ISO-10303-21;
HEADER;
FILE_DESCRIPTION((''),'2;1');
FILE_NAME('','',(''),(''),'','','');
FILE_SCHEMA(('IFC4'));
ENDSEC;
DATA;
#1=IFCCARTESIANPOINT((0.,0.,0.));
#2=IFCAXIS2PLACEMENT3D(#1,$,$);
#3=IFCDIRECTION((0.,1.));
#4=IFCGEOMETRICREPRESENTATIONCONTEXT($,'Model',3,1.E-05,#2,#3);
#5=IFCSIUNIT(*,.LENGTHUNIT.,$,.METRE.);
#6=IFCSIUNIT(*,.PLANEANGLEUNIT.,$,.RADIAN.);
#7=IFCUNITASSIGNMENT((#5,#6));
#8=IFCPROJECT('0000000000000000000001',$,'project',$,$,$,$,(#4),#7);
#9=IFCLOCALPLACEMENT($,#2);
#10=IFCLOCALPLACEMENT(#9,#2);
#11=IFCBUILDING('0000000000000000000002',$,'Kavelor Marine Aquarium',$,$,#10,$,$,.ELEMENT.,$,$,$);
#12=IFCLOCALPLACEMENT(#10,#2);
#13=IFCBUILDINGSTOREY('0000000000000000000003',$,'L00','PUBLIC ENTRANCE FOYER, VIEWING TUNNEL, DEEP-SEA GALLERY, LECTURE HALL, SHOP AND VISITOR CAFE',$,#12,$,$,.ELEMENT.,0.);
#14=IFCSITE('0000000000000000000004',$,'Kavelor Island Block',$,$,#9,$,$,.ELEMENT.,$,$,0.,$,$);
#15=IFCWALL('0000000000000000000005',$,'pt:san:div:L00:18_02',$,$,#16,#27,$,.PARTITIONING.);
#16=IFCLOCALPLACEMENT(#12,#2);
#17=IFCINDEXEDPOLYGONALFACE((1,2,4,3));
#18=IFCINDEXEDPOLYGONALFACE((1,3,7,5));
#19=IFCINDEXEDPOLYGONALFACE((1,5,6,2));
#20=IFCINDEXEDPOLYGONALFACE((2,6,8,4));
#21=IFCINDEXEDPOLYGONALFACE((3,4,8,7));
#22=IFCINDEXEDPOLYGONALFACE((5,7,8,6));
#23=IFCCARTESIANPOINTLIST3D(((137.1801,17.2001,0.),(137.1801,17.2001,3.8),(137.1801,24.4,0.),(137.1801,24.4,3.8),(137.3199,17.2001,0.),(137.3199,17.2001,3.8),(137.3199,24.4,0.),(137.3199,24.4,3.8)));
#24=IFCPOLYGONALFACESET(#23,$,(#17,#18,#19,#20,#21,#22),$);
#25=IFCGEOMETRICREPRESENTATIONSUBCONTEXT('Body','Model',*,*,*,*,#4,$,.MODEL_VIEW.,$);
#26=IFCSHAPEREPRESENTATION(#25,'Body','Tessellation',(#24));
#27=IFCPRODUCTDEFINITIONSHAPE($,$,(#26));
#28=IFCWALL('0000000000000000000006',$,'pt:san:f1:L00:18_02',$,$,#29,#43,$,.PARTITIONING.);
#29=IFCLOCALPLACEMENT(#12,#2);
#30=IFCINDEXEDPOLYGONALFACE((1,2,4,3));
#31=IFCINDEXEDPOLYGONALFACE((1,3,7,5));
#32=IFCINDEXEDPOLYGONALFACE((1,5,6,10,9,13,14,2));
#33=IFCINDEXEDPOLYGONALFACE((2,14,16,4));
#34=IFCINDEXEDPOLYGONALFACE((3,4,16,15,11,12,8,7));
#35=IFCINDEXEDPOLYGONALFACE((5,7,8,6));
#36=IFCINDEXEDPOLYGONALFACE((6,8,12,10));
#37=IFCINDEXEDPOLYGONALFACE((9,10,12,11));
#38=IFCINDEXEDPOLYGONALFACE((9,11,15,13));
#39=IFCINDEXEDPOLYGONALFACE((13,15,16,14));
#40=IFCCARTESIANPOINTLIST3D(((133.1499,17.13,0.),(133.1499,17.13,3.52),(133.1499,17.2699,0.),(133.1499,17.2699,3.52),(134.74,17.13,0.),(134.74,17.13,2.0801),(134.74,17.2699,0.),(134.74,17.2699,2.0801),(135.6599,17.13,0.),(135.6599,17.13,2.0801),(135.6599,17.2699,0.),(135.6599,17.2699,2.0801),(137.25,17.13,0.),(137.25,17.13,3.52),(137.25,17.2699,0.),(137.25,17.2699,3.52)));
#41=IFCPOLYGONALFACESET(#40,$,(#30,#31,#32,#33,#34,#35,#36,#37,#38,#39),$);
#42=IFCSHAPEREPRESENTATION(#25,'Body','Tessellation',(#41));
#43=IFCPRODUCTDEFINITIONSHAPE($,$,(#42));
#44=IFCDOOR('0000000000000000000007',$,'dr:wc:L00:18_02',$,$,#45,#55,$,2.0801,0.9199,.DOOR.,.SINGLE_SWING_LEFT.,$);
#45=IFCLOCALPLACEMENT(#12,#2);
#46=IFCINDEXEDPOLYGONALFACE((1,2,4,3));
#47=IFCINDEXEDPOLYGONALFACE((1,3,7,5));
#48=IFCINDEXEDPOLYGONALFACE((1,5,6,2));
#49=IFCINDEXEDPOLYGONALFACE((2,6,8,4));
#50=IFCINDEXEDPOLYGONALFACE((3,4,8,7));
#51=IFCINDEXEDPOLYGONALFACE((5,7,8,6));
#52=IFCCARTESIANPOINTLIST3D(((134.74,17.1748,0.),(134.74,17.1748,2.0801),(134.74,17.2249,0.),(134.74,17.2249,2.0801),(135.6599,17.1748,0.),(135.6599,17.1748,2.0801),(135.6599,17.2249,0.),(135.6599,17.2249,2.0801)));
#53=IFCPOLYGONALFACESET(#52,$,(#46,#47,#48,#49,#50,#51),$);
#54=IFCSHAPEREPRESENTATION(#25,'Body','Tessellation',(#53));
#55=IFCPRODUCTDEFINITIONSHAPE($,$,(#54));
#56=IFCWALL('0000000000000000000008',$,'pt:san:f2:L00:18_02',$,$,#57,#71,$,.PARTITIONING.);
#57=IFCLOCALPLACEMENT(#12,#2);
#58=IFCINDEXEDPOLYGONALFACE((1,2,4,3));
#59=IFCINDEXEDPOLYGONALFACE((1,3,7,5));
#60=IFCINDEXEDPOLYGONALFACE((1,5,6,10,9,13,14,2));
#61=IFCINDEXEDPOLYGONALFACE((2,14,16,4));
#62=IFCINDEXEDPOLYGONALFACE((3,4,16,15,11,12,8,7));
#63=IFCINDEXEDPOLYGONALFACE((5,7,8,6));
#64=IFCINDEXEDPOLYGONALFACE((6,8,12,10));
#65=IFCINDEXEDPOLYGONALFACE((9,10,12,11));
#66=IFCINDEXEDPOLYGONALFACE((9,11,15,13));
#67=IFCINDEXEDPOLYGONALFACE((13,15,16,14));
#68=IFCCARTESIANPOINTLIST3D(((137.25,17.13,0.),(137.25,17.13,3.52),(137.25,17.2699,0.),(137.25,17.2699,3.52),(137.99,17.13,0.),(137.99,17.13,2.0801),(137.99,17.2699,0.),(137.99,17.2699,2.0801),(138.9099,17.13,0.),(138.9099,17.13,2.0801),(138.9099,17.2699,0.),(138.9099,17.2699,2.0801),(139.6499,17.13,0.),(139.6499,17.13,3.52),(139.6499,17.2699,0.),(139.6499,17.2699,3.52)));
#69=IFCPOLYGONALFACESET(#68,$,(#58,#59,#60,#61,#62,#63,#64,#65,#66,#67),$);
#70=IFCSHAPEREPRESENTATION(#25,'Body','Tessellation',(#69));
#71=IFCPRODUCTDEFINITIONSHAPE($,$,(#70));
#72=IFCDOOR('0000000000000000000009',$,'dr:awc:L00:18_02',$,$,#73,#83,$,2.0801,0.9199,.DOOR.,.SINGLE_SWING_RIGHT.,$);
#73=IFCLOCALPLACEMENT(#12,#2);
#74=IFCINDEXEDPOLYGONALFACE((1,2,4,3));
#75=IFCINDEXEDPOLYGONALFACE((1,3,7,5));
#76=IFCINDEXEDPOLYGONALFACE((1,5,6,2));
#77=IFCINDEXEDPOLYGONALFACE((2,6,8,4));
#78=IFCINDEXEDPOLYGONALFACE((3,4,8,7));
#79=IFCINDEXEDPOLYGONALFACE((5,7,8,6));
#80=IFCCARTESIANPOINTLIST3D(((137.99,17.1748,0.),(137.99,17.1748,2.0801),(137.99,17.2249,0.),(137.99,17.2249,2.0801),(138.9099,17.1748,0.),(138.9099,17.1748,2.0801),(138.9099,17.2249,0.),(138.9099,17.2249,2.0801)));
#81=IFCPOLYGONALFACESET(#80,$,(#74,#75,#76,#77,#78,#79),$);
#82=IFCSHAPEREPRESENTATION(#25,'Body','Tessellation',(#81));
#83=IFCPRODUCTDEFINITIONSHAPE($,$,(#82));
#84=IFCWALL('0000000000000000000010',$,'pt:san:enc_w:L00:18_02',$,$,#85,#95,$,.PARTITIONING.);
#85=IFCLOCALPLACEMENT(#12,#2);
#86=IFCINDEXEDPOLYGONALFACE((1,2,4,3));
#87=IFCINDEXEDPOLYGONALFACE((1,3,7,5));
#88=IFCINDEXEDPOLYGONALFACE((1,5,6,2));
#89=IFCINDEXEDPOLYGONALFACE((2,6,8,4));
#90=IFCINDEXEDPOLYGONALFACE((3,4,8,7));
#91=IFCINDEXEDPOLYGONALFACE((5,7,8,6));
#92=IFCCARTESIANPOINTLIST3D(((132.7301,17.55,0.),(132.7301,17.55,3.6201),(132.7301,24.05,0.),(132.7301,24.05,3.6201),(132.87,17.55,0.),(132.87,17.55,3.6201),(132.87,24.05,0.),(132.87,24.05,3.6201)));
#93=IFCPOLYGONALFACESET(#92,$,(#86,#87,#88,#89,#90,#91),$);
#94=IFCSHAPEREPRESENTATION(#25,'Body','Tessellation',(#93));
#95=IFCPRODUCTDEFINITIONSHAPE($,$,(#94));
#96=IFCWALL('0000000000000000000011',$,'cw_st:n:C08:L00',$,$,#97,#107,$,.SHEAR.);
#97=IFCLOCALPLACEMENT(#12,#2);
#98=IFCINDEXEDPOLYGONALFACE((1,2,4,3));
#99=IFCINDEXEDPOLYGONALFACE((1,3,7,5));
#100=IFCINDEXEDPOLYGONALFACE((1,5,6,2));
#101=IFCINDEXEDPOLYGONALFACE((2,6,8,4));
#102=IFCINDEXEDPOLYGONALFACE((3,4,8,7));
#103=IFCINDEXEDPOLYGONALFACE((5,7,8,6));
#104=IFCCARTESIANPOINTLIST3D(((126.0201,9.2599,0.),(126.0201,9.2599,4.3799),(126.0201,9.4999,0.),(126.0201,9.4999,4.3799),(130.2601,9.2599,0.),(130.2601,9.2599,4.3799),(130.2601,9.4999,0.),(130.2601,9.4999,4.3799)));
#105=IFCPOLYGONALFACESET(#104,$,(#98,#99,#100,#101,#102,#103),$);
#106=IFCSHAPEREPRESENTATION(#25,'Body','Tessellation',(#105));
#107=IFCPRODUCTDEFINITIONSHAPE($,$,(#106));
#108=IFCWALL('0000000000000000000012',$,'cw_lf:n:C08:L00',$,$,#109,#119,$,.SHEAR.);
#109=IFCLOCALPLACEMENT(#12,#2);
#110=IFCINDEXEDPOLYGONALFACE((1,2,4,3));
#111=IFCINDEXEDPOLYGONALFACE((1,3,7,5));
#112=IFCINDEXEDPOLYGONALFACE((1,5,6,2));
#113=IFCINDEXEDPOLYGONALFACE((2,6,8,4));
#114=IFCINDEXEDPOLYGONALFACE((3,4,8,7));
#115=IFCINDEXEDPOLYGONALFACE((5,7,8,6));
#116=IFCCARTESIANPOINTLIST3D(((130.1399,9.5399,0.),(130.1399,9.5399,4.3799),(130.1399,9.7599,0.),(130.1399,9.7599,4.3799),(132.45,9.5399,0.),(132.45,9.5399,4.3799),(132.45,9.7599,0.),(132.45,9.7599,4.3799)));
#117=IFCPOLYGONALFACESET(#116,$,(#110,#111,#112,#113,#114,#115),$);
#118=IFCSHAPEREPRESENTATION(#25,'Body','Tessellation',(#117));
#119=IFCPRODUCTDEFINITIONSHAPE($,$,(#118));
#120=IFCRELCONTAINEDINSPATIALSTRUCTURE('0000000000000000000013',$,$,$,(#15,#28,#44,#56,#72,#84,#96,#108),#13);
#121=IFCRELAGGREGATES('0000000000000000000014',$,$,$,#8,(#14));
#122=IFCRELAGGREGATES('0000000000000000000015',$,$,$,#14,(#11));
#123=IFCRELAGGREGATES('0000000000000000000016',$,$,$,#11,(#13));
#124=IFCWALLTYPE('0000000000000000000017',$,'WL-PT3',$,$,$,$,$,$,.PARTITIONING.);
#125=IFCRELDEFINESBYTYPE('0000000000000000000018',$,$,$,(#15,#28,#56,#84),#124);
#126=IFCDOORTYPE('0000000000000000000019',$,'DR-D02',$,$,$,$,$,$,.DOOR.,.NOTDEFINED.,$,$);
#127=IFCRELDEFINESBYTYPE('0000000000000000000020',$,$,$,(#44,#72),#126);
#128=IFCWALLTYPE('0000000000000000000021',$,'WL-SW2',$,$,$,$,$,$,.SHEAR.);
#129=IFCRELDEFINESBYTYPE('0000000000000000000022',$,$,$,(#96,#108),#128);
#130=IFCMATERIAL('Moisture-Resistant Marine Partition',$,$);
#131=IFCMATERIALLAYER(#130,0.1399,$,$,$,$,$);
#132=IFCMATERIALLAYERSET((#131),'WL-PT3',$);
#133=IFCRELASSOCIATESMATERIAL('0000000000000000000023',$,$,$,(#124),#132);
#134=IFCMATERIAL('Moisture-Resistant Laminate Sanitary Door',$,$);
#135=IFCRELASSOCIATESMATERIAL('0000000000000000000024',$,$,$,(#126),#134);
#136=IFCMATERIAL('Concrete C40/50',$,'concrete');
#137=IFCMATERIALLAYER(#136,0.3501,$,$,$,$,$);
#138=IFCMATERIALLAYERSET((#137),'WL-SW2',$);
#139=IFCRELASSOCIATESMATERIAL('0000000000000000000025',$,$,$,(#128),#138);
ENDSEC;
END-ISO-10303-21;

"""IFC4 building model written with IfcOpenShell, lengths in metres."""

from ifc_helpers import new_model, si_unit, direction, frame, frame_2d, origin, place, context, subcontext, project, spatial, rectangle, extrude, material, layer, layer_set, type_object, element, fill, save


model = new_model("IFC4")

# Units and contexts
model_context = context("Model", 3, precision=1e-05, world=origin(), true_north=direction((0.0, 1.0)))
body_context = subcontext(model_context, "Body", "Model", "MODEL_VIEW")
ifc_project = project(units=[si_unit("LENGTHUNIT", "METRE"), si_unit("PLANEANGLEUNIT", "RADIAN")], contexts=[model_context])

# Site, building, storey
site_placement = place(None, origin())
site = spatial("IfcSite", under=ifc_project, at=site_placement, Name="Kavelor Island Block", CompositionType="ELEMENT", RefElevation=0.0)
building_placement = place(site_placement, origin())
building = spatial("IfcBuilding", under=site, at=building_placement, Name="Kavelor Marine Aquarium", CompositionType="ELEMENT")
storey_placement = place(building_placement, origin())
storey = spatial("IfcBuildingStorey", under=building, at=storey_placement, Name="L00", Description="PUBLIC ENTRANCE FOYER, VIEWING TUNNEL, DEEP-SEA GALLERY, LECTURE HALL, SHOP AND VISITOR CAFE", CompositionType="ELEMENT", Elevation=0.0)

# Wall
ifc_material_1 = material(Name="Moisture-Resistant Marine Partition")
ifc_layer_1 = layer(ifc_material_1, 0.1399)
ifc_layer_set_1 = layer_set([ifc_layer_1], Name="WL-PT3")
wall_type_1 = type_object("IfcWallType", Name="WL-PT3", PredefinedType="PARTITIONING", material=ifc_layer_set_1)
wall_1_placement = place(storey_placement, frame((137.25, 17.2, 0.0), z_axis=(0.0, 0.0, 1.0), x_axis=(0.0, 1.0, 0.0)))
element("IfcWall", 1, at=wall_1_placement, inside=storey, type_object=wall_type_1, Name="pt:san:div:L00:18_02", PredefinedType="PARTITIONING", context=body_context, shape_type="SweptSolid", body=[
    extrude(rectangle(XDim=7.2, YDim=0.1399, at=frame_2d((3.6001, 0.0))), origin(), (0.0, 0.0, 1.0), 3.8),
])

# Walls, openings, doors
wall_2_placement = place(storey_placement, frame((133.1499, 17.2, 0.0), z_axis=(0.0, 0.0, 1.0), x_axis=(1.0, 0.0, 0.0)))
wall_2 = element("IfcWall", 2, at=wall_2_placement, inside=storey, type_object=wall_type_1, Name="pt:san:f1:L00:18_02", PredefinedType="PARTITIONING", context=body_context, shape_type="SweptSolid", body=[
    extrude(rectangle(XDim=4.1001, YDim=0.1399, at=frame_2d((2.05, 0.0))), origin(), (0.0, 0.0, 1.0), 3.52),
])
opening_1_placement = place(wall_2_placement, frame((1.5901, 0.0, 0.0)))
opening_1 = element("IfcOpeningElement", 3, at=opening_1_placement, cuts=wall_2, PredefinedType="OPENING", context=body_context, shape_type="SweptSolid", body=[
    extrude(rectangle(XDim=0.9199, YDim=2.0801, at=frame_2d((0.46, 1.04))), frame((0.0, 0.0798, 0.0), z_axis=(0.0, -1.0, 0.0), x_axis=(1.0, 0.0, 0.0)), (0.0, 0.0, 1.0), 0.1599),
])
ifc_material_2 = material(Name="Moisture-Resistant Laminate Sanitary Door")
door_type_1 = type_object("IfcDoorType", Name="DR-D02", OperationType="NOTDEFINED", PredefinedType="DOOR", material=ifc_material_2)
door_1_placement = place(opening_1_placement, origin())
door_1 = element("IfcDoor", 4, at=door_1_placement, inside=storey, type_object=door_type_1, Name="dr:wc:L00:18_02", OperationType="SINGLE_SWING_LEFT", OverallHeight=2.0801, OverallWidth=0.9199, PredefinedType="DOOR", context=body_context, shape_type="SweptSolid", body=[
    extrude(rectangle(XDim=0.9199, YDim=2.0801, at=frame_2d((0.46, 1.04))), frame((0.0, 0.0249, 0.0), z_axis=(0.0, -1.0, 0.0), x_axis=(1.0, 0.0, 0.0)), (0.0, 0.0, 1.0), 0.05),
])
fill(opening_1, door_1)
wall_3_placement = place(storey_placement, frame((137.25, 17.2, 0.0), z_axis=(0.0, 0.0, 1.0), x_axis=(1.0, 0.0, 0.0)))
wall_3 = element("IfcWall", 5, at=wall_3_placement, inside=storey, type_object=wall_type_1, Name="pt:san:f2:L00:18_02", PredefinedType="PARTITIONING", context=body_context, shape_type="SweptSolid", body=[
    extrude(rectangle(XDim=2.3999, YDim=0.1399, at=frame_2d((1.2, 0.0))), origin(), (0.0, 0.0, 1.0), 3.52),
])
opening_2_placement = place(wall_3_placement, frame((0.74, 0.0, 0.0)))
opening_2 = element("IfcOpeningElement", 6, at=opening_2_placement, cuts=wall_3, PredefinedType="OPENING", context=body_context, shape_type="SweptSolid", body=[
    extrude(rectangle(XDim=0.9199, YDim=2.0801, at=frame_2d((0.46, 1.04))), frame((0.0, 0.0798, 0.0), z_axis=(0.0, -1.0, 0.0), x_axis=(1.0, 0.0, 0.0)), (0.0, 0.0, 1.0), 0.1599),
])
door_2_placement = place(opening_2_placement, origin())
door_2 = element("IfcDoor", 7, at=door_2_placement, inside=storey, type_object=door_type_1, Name="dr:awc:L00:18_02", OperationType="SINGLE_SWING_RIGHT", OverallHeight=2.0801, OverallWidth=0.9199, PredefinedType="DOOR", context=body_context, shape_type="SweptSolid", body=[
    extrude(rectangle(XDim=0.9199, YDim=2.0801, at=frame_2d((0.46, 1.04))), frame((0.0, 0.0249, 0.0), z_axis=(0.0, -1.0, 0.0), x_axis=(1.0, 0.0, 0.0)), (0.0, 0.0, 1.0), 0.05),
])
fill(opening_2, door_2)

# Walls
wall_4_placement = place(storey_placement, frame((132.8, 17.55, 0.0), z_axis=(0.0, 0.0, 1.0), x_axis=(0.0, 1.0, 0.0)))
element("IfcWall", 8, at=wall_4_placement, inside=storey, type_object=wall_type_1, Name="pt:san:enc_w:L00:18_02", PredefinedType="PARTITIONING", context=body_context, shape_type="SweptSolid", body=[
    extrude(rectangle(XDim=6.5, YDim=0.1399, at=frame_2d((3.25, 0.0))), origin(), (0.0, 0.0, 1.0), 3.6201),
])
ifc_material_3 = material(Name="Concrete C40/50", Category="concrete")
ifc_layer_2 = layer(ifc_material_3, 0.3501)
ifc_layer_set_2 = layer_set([ifc_layer_2], Name="WL-SW2")
wall_type_2 = type_object("IfcWallType", Name="WL-SW2", PredefinedType="SHEAR", material=ifc_layer_set_2)
wall_5_placement = place(storey_placement, frame((126.02, 9.3799, 0.0), z_axis=(0.0, 0.0, 1.0), x_axis=(1.0, 0.0, 0.0)))
element("IfcWall", 9, at=wall_5_placement, inside=storey, type_object=wall_type_2, Name="cw_st:n:C08:L00", PredefinedType="SHEAR", context=body_context, shape_type="SweptSolid", body=[
    extrude(rectangle(XDim=4.24, YDim=0.24, at=frame_2d((2.1201, 0.0))), origin(), (0.0, 0.0, 1.0), 4.3799),
])
wall_6_placement = place(storey_placement, frame((130.1399, 9.6499, 0.0), z_axis=(0.0, 0.0, 1.0), x_axis=(1.0, 0.0, 0.0)))
element("IfcWall", 10, at=wall_6_placement, inside=storey, type_object=wall_type_2, Name="cw_lf:n:C08:L00", PredefinedType="SHEAR", context=body_context, shape_type="SweptSolid", body=[
    extrude(rectangle(XDim=2.3101, YDim=0.22, at=frame_2d((1.155, 0.0))), origin(), (0.0, 0.0, 1.0), 4.3799),
])

save(model, "model.ifc")
